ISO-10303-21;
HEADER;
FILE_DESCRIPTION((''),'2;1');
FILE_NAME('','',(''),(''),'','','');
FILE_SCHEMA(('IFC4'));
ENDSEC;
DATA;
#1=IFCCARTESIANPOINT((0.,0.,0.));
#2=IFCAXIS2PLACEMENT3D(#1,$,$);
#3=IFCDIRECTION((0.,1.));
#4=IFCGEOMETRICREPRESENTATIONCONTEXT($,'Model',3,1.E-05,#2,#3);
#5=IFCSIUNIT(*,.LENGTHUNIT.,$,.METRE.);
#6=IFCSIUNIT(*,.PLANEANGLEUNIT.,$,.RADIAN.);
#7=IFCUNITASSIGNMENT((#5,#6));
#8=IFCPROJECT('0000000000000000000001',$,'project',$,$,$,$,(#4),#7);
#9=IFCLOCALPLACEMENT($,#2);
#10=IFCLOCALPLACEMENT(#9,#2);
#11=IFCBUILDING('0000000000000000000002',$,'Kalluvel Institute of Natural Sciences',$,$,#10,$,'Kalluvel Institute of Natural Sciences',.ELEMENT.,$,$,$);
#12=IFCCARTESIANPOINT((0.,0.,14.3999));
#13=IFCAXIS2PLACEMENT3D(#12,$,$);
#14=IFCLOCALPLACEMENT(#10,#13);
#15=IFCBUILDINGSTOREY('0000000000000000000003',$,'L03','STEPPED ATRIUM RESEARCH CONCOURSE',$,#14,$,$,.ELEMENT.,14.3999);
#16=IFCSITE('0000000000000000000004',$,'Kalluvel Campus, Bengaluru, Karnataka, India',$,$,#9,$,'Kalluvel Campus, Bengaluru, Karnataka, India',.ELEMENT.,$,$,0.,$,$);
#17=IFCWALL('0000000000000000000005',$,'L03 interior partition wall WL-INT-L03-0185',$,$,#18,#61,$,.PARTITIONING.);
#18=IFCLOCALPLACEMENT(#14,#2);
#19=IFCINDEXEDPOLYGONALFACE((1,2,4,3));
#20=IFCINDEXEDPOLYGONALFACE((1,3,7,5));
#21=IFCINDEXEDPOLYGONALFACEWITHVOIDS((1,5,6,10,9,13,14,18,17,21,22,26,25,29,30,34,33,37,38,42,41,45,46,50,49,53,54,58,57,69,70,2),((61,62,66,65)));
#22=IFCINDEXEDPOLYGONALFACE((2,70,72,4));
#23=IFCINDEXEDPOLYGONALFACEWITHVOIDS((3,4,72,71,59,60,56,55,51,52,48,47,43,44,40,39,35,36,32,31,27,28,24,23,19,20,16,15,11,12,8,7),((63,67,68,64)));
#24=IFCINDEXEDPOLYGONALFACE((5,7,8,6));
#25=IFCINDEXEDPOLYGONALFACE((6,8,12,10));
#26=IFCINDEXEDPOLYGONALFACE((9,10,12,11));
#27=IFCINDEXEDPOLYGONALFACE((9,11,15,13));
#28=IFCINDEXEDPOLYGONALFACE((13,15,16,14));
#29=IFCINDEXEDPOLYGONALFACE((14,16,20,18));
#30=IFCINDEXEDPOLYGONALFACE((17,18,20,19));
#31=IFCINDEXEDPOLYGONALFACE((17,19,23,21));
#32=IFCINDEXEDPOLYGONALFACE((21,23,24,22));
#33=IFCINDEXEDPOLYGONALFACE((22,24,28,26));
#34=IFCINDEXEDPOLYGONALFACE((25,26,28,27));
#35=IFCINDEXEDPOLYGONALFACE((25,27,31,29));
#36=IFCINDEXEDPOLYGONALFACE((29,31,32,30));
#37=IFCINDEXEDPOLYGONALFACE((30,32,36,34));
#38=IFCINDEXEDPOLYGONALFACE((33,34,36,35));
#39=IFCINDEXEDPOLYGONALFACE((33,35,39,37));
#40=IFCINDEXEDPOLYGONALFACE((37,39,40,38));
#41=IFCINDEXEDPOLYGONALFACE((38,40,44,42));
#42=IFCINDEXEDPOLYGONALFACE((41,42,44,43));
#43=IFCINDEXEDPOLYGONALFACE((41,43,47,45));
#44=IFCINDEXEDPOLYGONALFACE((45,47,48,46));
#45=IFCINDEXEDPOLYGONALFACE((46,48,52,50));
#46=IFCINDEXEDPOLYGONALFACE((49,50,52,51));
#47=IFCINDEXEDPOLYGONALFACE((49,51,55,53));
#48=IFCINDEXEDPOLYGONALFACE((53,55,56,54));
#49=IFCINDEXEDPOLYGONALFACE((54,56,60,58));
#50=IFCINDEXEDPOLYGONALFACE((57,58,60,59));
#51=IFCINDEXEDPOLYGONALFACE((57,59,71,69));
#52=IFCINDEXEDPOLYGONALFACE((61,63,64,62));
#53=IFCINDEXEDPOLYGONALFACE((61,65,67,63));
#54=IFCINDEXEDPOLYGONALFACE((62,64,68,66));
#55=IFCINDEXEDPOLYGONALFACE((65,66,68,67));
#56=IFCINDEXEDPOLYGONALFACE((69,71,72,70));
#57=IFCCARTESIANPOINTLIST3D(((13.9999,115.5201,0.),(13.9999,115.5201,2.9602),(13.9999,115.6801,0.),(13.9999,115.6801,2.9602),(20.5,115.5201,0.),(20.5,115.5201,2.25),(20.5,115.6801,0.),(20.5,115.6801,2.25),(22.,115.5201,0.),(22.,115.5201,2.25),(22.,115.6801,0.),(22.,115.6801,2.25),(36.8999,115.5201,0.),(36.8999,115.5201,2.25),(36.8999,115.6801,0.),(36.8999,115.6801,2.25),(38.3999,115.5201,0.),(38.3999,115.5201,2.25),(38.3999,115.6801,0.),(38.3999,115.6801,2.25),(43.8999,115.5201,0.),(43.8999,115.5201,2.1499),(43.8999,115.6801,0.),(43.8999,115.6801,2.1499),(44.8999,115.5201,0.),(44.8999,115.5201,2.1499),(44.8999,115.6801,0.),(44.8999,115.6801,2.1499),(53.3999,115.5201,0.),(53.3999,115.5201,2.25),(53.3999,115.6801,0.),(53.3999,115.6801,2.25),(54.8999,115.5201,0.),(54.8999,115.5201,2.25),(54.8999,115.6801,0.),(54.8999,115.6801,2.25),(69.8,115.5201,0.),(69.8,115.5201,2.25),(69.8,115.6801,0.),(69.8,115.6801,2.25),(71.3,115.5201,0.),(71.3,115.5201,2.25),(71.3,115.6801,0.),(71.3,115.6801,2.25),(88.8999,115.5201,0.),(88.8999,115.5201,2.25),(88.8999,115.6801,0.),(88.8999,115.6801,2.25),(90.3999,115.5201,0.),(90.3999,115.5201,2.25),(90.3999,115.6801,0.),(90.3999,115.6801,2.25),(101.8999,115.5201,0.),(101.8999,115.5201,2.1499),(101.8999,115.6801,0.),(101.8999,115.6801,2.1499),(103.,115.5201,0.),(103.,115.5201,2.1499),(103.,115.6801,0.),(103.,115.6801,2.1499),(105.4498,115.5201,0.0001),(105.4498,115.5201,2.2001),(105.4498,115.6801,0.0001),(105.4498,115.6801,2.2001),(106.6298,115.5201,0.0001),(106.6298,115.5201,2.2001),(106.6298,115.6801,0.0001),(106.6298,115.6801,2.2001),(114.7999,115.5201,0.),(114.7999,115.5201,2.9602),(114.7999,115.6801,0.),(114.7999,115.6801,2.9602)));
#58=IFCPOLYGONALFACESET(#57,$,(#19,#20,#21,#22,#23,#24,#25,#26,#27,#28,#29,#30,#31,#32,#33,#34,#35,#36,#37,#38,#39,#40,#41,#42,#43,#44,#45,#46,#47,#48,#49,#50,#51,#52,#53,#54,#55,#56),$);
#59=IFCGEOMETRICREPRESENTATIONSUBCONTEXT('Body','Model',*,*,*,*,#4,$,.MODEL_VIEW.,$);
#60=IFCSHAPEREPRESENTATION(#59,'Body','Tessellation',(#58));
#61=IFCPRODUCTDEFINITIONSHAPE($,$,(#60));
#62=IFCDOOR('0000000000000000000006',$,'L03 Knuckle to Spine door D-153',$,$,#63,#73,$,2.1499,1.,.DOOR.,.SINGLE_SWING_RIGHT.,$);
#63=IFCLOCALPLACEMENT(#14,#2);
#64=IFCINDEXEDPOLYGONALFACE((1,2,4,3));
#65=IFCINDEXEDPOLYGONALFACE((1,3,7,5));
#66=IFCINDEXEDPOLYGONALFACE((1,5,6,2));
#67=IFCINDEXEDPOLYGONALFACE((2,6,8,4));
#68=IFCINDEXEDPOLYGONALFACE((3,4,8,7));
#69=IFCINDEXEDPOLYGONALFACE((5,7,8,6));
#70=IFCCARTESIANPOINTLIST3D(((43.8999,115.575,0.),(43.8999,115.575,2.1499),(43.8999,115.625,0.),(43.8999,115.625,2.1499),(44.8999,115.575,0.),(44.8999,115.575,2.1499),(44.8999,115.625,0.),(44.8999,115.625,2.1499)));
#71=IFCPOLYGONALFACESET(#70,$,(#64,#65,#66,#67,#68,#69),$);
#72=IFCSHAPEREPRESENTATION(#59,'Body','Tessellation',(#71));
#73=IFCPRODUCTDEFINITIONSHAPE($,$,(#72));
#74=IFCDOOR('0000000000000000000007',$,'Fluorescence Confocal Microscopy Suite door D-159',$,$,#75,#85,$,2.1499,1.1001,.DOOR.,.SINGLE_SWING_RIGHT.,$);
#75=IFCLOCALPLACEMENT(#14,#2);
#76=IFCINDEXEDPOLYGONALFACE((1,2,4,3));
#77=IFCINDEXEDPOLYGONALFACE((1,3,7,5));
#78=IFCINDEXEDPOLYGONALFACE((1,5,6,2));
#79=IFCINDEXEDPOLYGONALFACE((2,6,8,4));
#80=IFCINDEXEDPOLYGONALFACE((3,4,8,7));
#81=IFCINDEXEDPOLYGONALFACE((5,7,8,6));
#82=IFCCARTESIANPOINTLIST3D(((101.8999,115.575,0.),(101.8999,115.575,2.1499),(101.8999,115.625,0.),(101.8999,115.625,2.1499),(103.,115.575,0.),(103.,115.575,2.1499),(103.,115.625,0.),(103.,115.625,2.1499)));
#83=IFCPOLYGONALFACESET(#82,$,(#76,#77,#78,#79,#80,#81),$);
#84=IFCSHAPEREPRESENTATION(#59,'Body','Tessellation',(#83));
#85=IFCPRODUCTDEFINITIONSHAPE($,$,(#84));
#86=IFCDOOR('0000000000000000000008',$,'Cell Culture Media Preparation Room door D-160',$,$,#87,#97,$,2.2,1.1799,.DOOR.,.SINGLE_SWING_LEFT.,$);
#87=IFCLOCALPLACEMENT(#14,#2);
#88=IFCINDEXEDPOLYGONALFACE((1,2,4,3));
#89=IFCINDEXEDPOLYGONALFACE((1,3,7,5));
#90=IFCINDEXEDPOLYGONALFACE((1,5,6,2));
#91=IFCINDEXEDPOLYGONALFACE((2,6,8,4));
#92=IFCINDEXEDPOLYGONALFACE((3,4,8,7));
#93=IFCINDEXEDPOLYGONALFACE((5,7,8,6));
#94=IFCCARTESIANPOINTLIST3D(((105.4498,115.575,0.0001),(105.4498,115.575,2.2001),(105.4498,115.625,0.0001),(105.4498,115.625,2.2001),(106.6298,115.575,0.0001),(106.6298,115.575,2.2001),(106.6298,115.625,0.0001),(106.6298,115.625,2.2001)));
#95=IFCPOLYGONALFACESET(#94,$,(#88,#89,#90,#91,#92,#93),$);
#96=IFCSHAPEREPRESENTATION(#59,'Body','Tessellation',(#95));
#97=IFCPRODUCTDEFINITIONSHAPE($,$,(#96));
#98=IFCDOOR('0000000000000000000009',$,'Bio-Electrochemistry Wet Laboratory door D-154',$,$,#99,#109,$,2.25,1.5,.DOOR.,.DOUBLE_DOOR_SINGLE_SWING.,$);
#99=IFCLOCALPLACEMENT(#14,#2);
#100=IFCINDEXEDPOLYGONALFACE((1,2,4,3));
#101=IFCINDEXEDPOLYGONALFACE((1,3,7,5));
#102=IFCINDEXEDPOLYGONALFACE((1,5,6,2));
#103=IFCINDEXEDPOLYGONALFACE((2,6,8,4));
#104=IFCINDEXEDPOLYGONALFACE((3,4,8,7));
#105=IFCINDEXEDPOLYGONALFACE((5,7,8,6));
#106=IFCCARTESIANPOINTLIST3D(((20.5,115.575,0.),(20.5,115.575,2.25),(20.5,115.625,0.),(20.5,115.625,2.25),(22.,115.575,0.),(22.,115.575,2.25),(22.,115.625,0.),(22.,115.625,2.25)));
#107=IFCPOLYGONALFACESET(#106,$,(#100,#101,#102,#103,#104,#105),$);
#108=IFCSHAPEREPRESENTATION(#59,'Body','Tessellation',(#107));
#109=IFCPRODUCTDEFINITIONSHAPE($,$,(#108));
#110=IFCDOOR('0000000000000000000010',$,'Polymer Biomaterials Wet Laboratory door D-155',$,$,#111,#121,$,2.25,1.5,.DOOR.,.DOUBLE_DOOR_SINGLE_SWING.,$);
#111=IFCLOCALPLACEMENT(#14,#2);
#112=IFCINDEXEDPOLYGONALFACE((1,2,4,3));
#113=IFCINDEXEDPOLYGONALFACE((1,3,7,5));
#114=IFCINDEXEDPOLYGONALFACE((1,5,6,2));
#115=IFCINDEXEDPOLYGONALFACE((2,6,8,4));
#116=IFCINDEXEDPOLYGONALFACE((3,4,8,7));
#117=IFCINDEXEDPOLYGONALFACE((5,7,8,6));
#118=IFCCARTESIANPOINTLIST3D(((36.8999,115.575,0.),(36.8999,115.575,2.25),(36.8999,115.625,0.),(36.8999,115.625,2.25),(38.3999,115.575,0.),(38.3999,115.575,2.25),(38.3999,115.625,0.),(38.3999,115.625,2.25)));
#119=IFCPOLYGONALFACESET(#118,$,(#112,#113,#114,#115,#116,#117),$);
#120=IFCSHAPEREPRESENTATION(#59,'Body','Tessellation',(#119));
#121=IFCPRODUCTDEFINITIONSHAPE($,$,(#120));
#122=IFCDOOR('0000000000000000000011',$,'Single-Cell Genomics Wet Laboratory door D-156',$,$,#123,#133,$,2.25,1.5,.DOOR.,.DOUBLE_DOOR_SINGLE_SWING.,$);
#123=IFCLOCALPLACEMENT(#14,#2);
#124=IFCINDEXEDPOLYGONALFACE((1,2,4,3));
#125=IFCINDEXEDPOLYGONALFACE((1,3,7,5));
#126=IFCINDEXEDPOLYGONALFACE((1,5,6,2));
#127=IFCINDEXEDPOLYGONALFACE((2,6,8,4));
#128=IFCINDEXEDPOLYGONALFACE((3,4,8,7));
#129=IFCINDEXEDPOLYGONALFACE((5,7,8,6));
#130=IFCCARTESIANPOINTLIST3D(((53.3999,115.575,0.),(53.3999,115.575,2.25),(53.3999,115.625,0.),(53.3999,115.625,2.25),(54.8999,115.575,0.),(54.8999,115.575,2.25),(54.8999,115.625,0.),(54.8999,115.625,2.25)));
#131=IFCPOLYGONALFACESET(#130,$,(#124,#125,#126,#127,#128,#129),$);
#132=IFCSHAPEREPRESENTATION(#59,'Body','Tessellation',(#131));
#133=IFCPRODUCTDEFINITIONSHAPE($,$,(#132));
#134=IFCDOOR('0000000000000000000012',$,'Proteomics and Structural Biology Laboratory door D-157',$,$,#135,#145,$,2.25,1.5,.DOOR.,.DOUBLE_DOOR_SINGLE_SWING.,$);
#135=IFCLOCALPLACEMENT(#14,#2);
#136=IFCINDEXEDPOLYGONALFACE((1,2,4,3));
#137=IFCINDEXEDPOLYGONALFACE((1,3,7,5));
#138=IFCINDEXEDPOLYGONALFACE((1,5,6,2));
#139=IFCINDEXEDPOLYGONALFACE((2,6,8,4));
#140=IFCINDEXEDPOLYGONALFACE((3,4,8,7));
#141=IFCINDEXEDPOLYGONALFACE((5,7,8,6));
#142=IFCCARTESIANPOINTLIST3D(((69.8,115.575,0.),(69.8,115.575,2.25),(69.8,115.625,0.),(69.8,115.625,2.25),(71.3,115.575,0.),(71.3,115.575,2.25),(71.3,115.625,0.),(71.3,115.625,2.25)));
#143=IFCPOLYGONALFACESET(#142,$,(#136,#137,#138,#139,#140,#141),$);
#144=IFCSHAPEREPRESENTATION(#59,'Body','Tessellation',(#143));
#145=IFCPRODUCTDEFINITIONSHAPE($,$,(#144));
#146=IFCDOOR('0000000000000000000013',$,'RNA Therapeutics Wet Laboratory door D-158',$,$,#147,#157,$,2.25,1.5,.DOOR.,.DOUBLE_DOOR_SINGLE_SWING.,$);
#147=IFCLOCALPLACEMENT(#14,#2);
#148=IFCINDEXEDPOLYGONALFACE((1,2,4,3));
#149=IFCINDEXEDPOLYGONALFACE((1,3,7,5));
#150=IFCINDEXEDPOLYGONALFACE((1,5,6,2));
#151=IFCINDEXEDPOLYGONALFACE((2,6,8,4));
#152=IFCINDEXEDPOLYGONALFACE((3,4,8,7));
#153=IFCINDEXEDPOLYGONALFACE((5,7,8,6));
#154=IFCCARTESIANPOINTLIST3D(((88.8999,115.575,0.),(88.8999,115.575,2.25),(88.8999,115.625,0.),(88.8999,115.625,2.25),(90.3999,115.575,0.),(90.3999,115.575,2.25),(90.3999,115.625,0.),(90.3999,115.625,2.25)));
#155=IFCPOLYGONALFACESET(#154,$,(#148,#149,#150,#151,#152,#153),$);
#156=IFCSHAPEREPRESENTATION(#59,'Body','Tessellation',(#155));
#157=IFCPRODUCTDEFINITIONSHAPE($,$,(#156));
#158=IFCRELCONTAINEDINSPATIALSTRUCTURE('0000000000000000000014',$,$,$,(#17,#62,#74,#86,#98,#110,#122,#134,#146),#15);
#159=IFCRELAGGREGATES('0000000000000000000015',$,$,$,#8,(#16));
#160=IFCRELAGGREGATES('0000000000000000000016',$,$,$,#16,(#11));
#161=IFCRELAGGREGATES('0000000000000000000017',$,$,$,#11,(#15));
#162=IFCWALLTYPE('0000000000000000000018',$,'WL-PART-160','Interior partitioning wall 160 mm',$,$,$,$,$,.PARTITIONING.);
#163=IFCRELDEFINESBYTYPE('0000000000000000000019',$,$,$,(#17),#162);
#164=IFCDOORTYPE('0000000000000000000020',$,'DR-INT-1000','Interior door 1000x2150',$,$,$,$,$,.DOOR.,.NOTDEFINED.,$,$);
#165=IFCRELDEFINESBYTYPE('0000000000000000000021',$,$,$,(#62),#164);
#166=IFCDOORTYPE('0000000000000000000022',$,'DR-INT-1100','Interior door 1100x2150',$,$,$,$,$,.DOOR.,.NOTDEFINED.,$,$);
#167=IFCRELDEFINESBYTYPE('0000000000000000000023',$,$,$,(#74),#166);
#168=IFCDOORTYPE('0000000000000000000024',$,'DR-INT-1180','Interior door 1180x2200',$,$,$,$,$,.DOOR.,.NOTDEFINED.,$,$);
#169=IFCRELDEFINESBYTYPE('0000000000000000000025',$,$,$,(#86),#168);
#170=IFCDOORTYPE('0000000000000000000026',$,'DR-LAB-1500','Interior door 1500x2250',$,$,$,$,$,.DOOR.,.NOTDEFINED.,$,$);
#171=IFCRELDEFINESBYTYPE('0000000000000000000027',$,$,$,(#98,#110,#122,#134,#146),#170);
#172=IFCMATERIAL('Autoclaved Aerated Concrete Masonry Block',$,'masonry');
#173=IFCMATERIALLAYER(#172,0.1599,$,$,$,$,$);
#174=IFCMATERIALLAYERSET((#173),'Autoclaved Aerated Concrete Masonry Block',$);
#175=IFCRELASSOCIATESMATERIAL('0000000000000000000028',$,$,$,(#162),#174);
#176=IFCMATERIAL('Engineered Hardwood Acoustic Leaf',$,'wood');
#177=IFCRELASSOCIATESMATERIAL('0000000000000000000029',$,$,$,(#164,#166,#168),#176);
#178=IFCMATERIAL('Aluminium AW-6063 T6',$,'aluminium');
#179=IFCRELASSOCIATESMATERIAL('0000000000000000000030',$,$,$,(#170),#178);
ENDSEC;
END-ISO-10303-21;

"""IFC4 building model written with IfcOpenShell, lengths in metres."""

from ifc_helpers import new_model, si_unit, direction, frame, frame_2d, origin, place, context, subcontext, project, spatial, rectangle, extrude, material, layer, layer_set, type_object, element, fill, save


model = new_model("IFC4")

# Units and contexts
model_context = context("Model", 3, precision=1e-05, world=origin(), true_north=direction((0.0, 1.0)))
body_context = subcontext(model_context, "Body", "Model", "MODEL_VIEW")
ifc_project = project(units=[si_unit("LENGTHUNIT", "METRE"), si_unit("PLANEANGLEUNIT", "RADIAN")], contexts=[model_context])

# Site, building, storey
site_placement = place(None, origin())
site = spatial("IfcSite", under=ifc_project, at=site_placement, Name="Kalluvel Campus, Bengaluru, Karnataka, India", LongName="Kalluvel Campus, Bengaluru, Karnataka, India", CompositionType="ELEMENT", RefElevation=0.0)
building_placement = place(site_placement, origin())
building = spatial("IfcBuilding", under=site, at=building_placement, Name="Kalluvel Institute of Natural Sciences", LongName="Kalluvel Institute of Natural Sciences", CompositionType="ELEMENT")
storey_placement = place(building_placement, frame((0.0, 0.0, 14.3999)))
storey = spatial("IfcBuildingStorey", under=building, at=storey_placement, Name="L03", Description="STEPPED ATRIUM RESEARCH CONCOURSE", CompositionType="ELEMENT", Elevation=14.3999)

# Shared definitions
ifc_material_1 = material(Name="Autoclaved Aerated Concrete Masonry Block", Category="masonry")
ifc_layer_1 = layer(ifc_material_1, 0.1599)
ifc_layer_set_1 = layer_set([ifc_layer_1], Name="Autoclaved Aerated Concrete Masonry Block")
wall_type_1 = type_object("IfcWallType", Name="WL-PART-160", Description="Interior partitioning wall 160 mm", PredefinedType="PARTITIONING", material=ifc_layer_set_1)
ifc_material_2 = material(Name="Engineered Hardwood Acoustic Leaf", Category="wood")

# Wall, openings, doors
wall_1_placement = place(storey_placement, frame((14.0, 115.6001, 0.0), z_axis=(0.0, 0.0, 1.0), x_axis=(1.0, 0.0, 0.0)))
wall_1 = element("IfcWall", 1, at=wall_1_placement, inside=storey, type_object=wall_type_1, Name="L03 interior partition wall WL-INT-L03-0185", PredefinedType="PARTITIONING", context=body_context, shape_type="SweptSolid", body=[
    extrude(rectangle(XDim=100.8, YDim=0.1599, at=frame_2d((50.3999, 0.0))), origin(), (0.0, 0.0, 1.0), 2.9602),
])
opening_1_placement = place(wall_1_placement, frame((29.8999, 0.0, 0.0)))
opening_1 = element("IfcOpeningElement", 2, at=opening_1_placement, cuts=wall_1, PredefinedType="OPENING", context=body_context, shape_type="SweptSolid", body=[
    extrude(rectangle(XDim=1.0, YDim=2.1499, at=frame_2d((0.5, 1.075))), frame((0.0, 0.0898, 0.0), z_axis=(0.0, -1.0, 0.0), x_axis=(1.0, 0.0, 0.0)), (0.0, 0.0, 1.0), 0.1799),
])
opening_2_placement = place(wall_1_placement, frame((6.5, 0.0, 0.0)))
opening_2 = element("IfcOpeningElement", 3, at=opening_2_placement, cuts=wall_1, PredefinedType="OPENING", context=body_context, shape_type="SweptSolid", body=[
    extrude(rectangle(XDim=1.5, YDim=2.25, at=frame_2d((0.75, 1.125))), frame((0.0, 0.0898, 0.0), z_axis=(0.0, -1.0, 0.0), x_axis=(1.0, 0.0, 0.0)), (0.0, 0.0, 1.0), 0.1799),
])
opening_3_placement = place(wall_1_placement, frame((22.8999, 0.0, 0.0)))
opening_3 = element("IfcOpeningElement", 4, at=opening_3_placement, cuts=wall_1, PredefinedType="OPENING", context=body_context, shape_type="SweptSolid", body=[
    extrude(rectangle(XDim=1.5, YDim=2.25, at=frame_2d((0.75, 1.125))), frame((0.0, 0.0898, 0.0), z_axis=(0.0, -1.0, 0.0), x_axis=(1.0, 0.0, 0.0)), (0.0, 0.0, 1.0), 0.1799),
])
opening_4_placement = place(wall_1_placement, frame((39.3999, 0.0, 0.0)))
opening_4 = element("IfcOpeningElement", 5, at=opening_4_placement, cuts=wall_1, PredefinedType="OPENING", context=body_context, shape_type="SweptSolid", body=[
    extrude(rectangle(XDim=1.5, YDim=2.25, at=frame_2d((0.75, 1.125))), frame((0.0, 0.0898, 0.0), z_axis=(0.0, -1.0, 0.0), x_axis=(1.0, 0.0, 0.0)), (0.0, 0.0, 1.0), 0.1799),
])
opening_5_placement = place(wall_1_placement, frame((55.8, 0.0, 0.0)))
opening_5 = element("IfcOpeningElement", 6, at=opening_5_placement, cuts=wall_1, PredefinedType="OPENING", context=body_context, shape_type="SweptSolid", body=[
    extrude(rectangle(XDim=1.5, YDim=2.25, at=frame_2d((0.75, 1.125))), frame((0.0, 0.0898, 0.0), z_axis=(0.0, -1.0, 0.0), x_axis=(1.0, 0.0, 0.0)), (0.0, 0.0, 1.0), 0.1799),
])
opening_6_placement = place(wall_1_placement, frame((74.8999, 0.0, 0.0)))
opening_6 = element("IfcOpeningElement", 7, at=opening_6_placement, cuts=wall_1, PredefinedType="OPENING", context=body_context, shape_type="SweptSolid", body=[
    extrude(rectangle(XDim=1.5, YDim=2.25, at=frame_2d((0.75, 1.125))), frame((0.0, 0.0898, 0.0), z_axis=(0.0, -1.0, 0.0), x_axis=(1.0, 0.0, 0.0)), (0.0, 0.0, 1.0), 0.1799),
])
opening_7_placement = place(wall_1_placement, frame((87.8999, 0.0, 0.0)))
opening_7 = element("IfcOpeningElement", 8, at=opening_7_placement, cuts=wall_1, PredefinedType="OPENING", context=body_context, shape_type="SweptSolid", body=[
    extrude(rectangle(XDim=1.1001, YDim=2.1499, at=frame_2d((0.55, 1.075))), frame((0.0, 0.0898, 0.0), z_axis=(0.0, -1.0, 0.0), x_axis=(1.0, 0.0, 0.0)), (0.0, 0.0, 1.0), 0.1799),
])
opening_8_placement = place(wall_1_placement, frame((91.45, 0.0, 0.0)))
opening_8 = element("IfcOpeningElement", 9, at=opening_8_placement, cuts=wall_1, PredefinedType="OPENING", context=body_context, shape_type="SweptSolid", body=[
    extrude(rectangle(XDim=1.1799, YDim=2.2, at=frame_2d((0.5898, 1.1001))), frame((0.0, 0.0898, 0.0), z_axis=(0.0, -1.0, 0.0), x_axis=(1.0, 0.0, 0.0)), (0.0, 0.0, 1.0), 0.1799),
])
door_type_1 = type_object("IfcDoorType", Name="DR-INT-1000", Description="Interior door 1000x2150", OperationType="NOTDEFINED", PredefinedType="DOOR", material=ifc_material_2)
door_1_placement = place(opening_1_placement, origin())
door_1 = element("IfcDoor", 10, at=door_1_placement, inside=storey, type_object=door_type_1, Name="L03 Knuckle to Spine door D-153", OperationType="SINGLE_SWING_RIGHT", OverallHeight=2.1499, OverallWidth=1.0, PredefinedType="DOOR", context=body_context, shape_type="SweptSolid", body=[
    extrude(rectangle(XDim=1.0, YDim=2.1499, at=frame_2d((0.5, 1.075))), frame((0.0, 0.0249, 0.0), z_axis=(0.0, -1.0, 0.0), x_axis=(1.0, 0.0, 0.0)), (0.0, 0.0, 1.0), 0.05),
])
fill(opening_1, door_1)
door_type_2 = type_object("IfcDoorType", Name="DR-INT-1100", Description="Interior door 1100x2150", OperationType="NOTDEFINED", PredefinedType="DOOR", material=ifc_material_2)
door_2_placement = place(opening_7_placement, origin())
door_2 = element("IfcDoor", 11, at=door_2_placement, inside=storey, type_object=door_type_2, Name="Fluorescence Confocal Microscopy Suite door D-159", OperationType="SINGLE_SWING_RIGHT", OverallHeight=2.1499, OverallWidth=1.1001, PredefinedType="DOOR", context=body_context, shape_type="SweptSolid", body=[
    extrude(rectangle(XDim=1.1001, YDim=2.1499, at=frame_2d((0.55, 1.075))), frame((0.0, 0.0249, 0.0), z_axis=(0.0, -1.0, 0.0), x_axis=(1.0, 0.0, 0.0)), (0.0, 0.0, 1.0), 0.05),
])
fill(opening_7, door_2)
door_type_3 = type_object("IfcDoorType", Name="DR-INT-1180", Description="Interior door 1180x2200", OperationType="NOTDEFINED", PredefinedType="DOOR", material=ifc_material_2)
door_3_placement = place(opening_8_placement, origin())
door_3 = element("IfcDoor", 12, at=door_3_placement, inside=storey, type_object=door_type_3, Name="Cell Culture Media Preparation Room door D-160", OperationType="SINGLE_SWING_LEFT", OverallHeight=2.2, OverallWidth=1.1799, PredefinedType="DOOR", context=body_context, shape_type="SweptSolid", body=[
    extrude(rectangle(XDim=1.1799, YDim=2.2, at=frame_2d((0.5898, 1.1001))), frame((0.0, 0.0249, 0.0), z_axis=(0.0, -1.0, 0.0), x_axis=(1.0, 0.0, 0.0)), (0.0, 0.0, 1.0), 0.05),
])
fill(opening_8, door_3)
ifc_material_3 = material(Name="Aluminium AW-6063 T6", Category="aluminium")
door_type_4 = type_object("IfcDoorType", Name="DR-LAB-1500", Description="Interior door 1500x2250", OperationType="NOTDEFINED", PredefinedType="DOOR", material=ifc_material_3)
door_4_placement = place(opening_2_placement, origin())
door_4 = element("IfcDoor", 13, at=door_4_placement, inside=storey, type_object=door_type_4, Name="Bio-Electrochemistry Wet Laboratory door D-154", OperationType="DOUBLE_DOOR_SINGLE_SWING", OverallHeight=2.25, OverallWidth=1.5, PredefinedType="DOOR", context=body_context, shape_type="SweptSolid", body=[
    extrude(rectangle(XDim=1.5, YDim=2.25, at=frame_2d((0.75, 1.125))), frame((0.0, 0.0249, 0.0), z_axis=(0.0, -1.0, 0.0), x_axis=(1.0, 0.0, 0.0)), (0.0, 0.0, 1.0), 0.05),
])
fill(opening_2, door_4)
door_5_placement = place(opening_3_placement, origin())
door_5 = element("IfcDoor", 14, at=door_5_placement, inside=storey, type_object=door_type_4, Name="Polymer Biomaterials Wet Laboratory door D-155", OperationType="DOUBLE_DOOR_SINGLE_SWING", OverallHeight=2.25, OverallWidth=1.5, PredefinedType="DOOR", context=body_context, shape_type="SweptSolid", body=[
    extrude(rectangle(XDim=1.5, YDim=2.25, at=frame_2d((0.75, 1.125))), frame((0.0, 0.0249, 0.0), z_axis=(0.0, -1.0, 0.0), x_axis=(1.0, 0.0, 0.0)), (0.0, 0.0, 1.0), 0.05),
])
fill(opening_3, door_5)
door_6_placement = place(opening_4_placement, origin())
door_6 = element("IfcDoor", 15, at=door_6_placement, inside=storey, type_object=door_type_4, Name="Single-Cell Genomics Wet Laboratory door D-156", OperationType="DOUBLE_DOOR_SINGLE_SWING", OverallHeight=2.25, OverallWidth=1.5, PredefinedType="DOOR", context=body_context, shape_type="SweptSolid", body=[
    extrude(rectangle(XDim=1.5, YDim=2.25, at=frame_2d((0.75, 1.125))), frame((0.0, 0.0249, 0.0), z_axis=(0.0, -1.0, 0.0), x_axis=(1.0, 0.0, 0.0)), (0.0, 0.0, 1.0), 0.05),
])
fill(opening_4, door_6)
door_7_placement = place(opening_5_placement, origin())
door_7 = element("IfcDoor", 16, at=door_7_placement, inside=storey, type_object=door_type_4, Name="Proteomics and Structural Biology Laboratory door D-157", OperationType="DOUBLE_DOOR_SINGLE_SWING", OverallHeight=2.25, OverallWidth=1.5, PredefinedType="DOOR", context=body_context, shape_type="SweptSolid", body=[
    extrude(rectangle(XDim=1.5, YDim=2.25, at=frame_2d((0.75, 1.125))), frame((0.0, 0.0249, 0.0), z_axis=(0.0, -1.0, 0.0), x_axis=(1.0, 0.0, 0.0)), (0.0, 0.0, 1.0), 0.05),
])
fill(opening_5, door_7)
door_8_placement = place(opening_6_placement, origin())
door_8 = element("IfcDoor", 17, at=door_8_placement, inside=storey, type_object=door_type_4, Name="RNA Therapeutics Wet Laboratory door D-158", OperationType="DOUBLE_DOOR_SINGLE_SWING", OverallHeight=2.25, OverallWidth=1.5, PredefinedType="DOOR", context=body_context, shape_type="SweptSolid", body=[
    extrude(rectangle(XDim=1.5, YDim=2.25, at=frame_2d((0.75, 1.125))), frame((0.0, 0.0249, 0.0), z_axis=(0.0, -1.0, 0.0), x_axis=(1.0, 0.0, 0.0)), (0.0, 0.0, 1.0), 0.05),
])
fill(opening_6, door_8)

save(model, "model.ifc")
